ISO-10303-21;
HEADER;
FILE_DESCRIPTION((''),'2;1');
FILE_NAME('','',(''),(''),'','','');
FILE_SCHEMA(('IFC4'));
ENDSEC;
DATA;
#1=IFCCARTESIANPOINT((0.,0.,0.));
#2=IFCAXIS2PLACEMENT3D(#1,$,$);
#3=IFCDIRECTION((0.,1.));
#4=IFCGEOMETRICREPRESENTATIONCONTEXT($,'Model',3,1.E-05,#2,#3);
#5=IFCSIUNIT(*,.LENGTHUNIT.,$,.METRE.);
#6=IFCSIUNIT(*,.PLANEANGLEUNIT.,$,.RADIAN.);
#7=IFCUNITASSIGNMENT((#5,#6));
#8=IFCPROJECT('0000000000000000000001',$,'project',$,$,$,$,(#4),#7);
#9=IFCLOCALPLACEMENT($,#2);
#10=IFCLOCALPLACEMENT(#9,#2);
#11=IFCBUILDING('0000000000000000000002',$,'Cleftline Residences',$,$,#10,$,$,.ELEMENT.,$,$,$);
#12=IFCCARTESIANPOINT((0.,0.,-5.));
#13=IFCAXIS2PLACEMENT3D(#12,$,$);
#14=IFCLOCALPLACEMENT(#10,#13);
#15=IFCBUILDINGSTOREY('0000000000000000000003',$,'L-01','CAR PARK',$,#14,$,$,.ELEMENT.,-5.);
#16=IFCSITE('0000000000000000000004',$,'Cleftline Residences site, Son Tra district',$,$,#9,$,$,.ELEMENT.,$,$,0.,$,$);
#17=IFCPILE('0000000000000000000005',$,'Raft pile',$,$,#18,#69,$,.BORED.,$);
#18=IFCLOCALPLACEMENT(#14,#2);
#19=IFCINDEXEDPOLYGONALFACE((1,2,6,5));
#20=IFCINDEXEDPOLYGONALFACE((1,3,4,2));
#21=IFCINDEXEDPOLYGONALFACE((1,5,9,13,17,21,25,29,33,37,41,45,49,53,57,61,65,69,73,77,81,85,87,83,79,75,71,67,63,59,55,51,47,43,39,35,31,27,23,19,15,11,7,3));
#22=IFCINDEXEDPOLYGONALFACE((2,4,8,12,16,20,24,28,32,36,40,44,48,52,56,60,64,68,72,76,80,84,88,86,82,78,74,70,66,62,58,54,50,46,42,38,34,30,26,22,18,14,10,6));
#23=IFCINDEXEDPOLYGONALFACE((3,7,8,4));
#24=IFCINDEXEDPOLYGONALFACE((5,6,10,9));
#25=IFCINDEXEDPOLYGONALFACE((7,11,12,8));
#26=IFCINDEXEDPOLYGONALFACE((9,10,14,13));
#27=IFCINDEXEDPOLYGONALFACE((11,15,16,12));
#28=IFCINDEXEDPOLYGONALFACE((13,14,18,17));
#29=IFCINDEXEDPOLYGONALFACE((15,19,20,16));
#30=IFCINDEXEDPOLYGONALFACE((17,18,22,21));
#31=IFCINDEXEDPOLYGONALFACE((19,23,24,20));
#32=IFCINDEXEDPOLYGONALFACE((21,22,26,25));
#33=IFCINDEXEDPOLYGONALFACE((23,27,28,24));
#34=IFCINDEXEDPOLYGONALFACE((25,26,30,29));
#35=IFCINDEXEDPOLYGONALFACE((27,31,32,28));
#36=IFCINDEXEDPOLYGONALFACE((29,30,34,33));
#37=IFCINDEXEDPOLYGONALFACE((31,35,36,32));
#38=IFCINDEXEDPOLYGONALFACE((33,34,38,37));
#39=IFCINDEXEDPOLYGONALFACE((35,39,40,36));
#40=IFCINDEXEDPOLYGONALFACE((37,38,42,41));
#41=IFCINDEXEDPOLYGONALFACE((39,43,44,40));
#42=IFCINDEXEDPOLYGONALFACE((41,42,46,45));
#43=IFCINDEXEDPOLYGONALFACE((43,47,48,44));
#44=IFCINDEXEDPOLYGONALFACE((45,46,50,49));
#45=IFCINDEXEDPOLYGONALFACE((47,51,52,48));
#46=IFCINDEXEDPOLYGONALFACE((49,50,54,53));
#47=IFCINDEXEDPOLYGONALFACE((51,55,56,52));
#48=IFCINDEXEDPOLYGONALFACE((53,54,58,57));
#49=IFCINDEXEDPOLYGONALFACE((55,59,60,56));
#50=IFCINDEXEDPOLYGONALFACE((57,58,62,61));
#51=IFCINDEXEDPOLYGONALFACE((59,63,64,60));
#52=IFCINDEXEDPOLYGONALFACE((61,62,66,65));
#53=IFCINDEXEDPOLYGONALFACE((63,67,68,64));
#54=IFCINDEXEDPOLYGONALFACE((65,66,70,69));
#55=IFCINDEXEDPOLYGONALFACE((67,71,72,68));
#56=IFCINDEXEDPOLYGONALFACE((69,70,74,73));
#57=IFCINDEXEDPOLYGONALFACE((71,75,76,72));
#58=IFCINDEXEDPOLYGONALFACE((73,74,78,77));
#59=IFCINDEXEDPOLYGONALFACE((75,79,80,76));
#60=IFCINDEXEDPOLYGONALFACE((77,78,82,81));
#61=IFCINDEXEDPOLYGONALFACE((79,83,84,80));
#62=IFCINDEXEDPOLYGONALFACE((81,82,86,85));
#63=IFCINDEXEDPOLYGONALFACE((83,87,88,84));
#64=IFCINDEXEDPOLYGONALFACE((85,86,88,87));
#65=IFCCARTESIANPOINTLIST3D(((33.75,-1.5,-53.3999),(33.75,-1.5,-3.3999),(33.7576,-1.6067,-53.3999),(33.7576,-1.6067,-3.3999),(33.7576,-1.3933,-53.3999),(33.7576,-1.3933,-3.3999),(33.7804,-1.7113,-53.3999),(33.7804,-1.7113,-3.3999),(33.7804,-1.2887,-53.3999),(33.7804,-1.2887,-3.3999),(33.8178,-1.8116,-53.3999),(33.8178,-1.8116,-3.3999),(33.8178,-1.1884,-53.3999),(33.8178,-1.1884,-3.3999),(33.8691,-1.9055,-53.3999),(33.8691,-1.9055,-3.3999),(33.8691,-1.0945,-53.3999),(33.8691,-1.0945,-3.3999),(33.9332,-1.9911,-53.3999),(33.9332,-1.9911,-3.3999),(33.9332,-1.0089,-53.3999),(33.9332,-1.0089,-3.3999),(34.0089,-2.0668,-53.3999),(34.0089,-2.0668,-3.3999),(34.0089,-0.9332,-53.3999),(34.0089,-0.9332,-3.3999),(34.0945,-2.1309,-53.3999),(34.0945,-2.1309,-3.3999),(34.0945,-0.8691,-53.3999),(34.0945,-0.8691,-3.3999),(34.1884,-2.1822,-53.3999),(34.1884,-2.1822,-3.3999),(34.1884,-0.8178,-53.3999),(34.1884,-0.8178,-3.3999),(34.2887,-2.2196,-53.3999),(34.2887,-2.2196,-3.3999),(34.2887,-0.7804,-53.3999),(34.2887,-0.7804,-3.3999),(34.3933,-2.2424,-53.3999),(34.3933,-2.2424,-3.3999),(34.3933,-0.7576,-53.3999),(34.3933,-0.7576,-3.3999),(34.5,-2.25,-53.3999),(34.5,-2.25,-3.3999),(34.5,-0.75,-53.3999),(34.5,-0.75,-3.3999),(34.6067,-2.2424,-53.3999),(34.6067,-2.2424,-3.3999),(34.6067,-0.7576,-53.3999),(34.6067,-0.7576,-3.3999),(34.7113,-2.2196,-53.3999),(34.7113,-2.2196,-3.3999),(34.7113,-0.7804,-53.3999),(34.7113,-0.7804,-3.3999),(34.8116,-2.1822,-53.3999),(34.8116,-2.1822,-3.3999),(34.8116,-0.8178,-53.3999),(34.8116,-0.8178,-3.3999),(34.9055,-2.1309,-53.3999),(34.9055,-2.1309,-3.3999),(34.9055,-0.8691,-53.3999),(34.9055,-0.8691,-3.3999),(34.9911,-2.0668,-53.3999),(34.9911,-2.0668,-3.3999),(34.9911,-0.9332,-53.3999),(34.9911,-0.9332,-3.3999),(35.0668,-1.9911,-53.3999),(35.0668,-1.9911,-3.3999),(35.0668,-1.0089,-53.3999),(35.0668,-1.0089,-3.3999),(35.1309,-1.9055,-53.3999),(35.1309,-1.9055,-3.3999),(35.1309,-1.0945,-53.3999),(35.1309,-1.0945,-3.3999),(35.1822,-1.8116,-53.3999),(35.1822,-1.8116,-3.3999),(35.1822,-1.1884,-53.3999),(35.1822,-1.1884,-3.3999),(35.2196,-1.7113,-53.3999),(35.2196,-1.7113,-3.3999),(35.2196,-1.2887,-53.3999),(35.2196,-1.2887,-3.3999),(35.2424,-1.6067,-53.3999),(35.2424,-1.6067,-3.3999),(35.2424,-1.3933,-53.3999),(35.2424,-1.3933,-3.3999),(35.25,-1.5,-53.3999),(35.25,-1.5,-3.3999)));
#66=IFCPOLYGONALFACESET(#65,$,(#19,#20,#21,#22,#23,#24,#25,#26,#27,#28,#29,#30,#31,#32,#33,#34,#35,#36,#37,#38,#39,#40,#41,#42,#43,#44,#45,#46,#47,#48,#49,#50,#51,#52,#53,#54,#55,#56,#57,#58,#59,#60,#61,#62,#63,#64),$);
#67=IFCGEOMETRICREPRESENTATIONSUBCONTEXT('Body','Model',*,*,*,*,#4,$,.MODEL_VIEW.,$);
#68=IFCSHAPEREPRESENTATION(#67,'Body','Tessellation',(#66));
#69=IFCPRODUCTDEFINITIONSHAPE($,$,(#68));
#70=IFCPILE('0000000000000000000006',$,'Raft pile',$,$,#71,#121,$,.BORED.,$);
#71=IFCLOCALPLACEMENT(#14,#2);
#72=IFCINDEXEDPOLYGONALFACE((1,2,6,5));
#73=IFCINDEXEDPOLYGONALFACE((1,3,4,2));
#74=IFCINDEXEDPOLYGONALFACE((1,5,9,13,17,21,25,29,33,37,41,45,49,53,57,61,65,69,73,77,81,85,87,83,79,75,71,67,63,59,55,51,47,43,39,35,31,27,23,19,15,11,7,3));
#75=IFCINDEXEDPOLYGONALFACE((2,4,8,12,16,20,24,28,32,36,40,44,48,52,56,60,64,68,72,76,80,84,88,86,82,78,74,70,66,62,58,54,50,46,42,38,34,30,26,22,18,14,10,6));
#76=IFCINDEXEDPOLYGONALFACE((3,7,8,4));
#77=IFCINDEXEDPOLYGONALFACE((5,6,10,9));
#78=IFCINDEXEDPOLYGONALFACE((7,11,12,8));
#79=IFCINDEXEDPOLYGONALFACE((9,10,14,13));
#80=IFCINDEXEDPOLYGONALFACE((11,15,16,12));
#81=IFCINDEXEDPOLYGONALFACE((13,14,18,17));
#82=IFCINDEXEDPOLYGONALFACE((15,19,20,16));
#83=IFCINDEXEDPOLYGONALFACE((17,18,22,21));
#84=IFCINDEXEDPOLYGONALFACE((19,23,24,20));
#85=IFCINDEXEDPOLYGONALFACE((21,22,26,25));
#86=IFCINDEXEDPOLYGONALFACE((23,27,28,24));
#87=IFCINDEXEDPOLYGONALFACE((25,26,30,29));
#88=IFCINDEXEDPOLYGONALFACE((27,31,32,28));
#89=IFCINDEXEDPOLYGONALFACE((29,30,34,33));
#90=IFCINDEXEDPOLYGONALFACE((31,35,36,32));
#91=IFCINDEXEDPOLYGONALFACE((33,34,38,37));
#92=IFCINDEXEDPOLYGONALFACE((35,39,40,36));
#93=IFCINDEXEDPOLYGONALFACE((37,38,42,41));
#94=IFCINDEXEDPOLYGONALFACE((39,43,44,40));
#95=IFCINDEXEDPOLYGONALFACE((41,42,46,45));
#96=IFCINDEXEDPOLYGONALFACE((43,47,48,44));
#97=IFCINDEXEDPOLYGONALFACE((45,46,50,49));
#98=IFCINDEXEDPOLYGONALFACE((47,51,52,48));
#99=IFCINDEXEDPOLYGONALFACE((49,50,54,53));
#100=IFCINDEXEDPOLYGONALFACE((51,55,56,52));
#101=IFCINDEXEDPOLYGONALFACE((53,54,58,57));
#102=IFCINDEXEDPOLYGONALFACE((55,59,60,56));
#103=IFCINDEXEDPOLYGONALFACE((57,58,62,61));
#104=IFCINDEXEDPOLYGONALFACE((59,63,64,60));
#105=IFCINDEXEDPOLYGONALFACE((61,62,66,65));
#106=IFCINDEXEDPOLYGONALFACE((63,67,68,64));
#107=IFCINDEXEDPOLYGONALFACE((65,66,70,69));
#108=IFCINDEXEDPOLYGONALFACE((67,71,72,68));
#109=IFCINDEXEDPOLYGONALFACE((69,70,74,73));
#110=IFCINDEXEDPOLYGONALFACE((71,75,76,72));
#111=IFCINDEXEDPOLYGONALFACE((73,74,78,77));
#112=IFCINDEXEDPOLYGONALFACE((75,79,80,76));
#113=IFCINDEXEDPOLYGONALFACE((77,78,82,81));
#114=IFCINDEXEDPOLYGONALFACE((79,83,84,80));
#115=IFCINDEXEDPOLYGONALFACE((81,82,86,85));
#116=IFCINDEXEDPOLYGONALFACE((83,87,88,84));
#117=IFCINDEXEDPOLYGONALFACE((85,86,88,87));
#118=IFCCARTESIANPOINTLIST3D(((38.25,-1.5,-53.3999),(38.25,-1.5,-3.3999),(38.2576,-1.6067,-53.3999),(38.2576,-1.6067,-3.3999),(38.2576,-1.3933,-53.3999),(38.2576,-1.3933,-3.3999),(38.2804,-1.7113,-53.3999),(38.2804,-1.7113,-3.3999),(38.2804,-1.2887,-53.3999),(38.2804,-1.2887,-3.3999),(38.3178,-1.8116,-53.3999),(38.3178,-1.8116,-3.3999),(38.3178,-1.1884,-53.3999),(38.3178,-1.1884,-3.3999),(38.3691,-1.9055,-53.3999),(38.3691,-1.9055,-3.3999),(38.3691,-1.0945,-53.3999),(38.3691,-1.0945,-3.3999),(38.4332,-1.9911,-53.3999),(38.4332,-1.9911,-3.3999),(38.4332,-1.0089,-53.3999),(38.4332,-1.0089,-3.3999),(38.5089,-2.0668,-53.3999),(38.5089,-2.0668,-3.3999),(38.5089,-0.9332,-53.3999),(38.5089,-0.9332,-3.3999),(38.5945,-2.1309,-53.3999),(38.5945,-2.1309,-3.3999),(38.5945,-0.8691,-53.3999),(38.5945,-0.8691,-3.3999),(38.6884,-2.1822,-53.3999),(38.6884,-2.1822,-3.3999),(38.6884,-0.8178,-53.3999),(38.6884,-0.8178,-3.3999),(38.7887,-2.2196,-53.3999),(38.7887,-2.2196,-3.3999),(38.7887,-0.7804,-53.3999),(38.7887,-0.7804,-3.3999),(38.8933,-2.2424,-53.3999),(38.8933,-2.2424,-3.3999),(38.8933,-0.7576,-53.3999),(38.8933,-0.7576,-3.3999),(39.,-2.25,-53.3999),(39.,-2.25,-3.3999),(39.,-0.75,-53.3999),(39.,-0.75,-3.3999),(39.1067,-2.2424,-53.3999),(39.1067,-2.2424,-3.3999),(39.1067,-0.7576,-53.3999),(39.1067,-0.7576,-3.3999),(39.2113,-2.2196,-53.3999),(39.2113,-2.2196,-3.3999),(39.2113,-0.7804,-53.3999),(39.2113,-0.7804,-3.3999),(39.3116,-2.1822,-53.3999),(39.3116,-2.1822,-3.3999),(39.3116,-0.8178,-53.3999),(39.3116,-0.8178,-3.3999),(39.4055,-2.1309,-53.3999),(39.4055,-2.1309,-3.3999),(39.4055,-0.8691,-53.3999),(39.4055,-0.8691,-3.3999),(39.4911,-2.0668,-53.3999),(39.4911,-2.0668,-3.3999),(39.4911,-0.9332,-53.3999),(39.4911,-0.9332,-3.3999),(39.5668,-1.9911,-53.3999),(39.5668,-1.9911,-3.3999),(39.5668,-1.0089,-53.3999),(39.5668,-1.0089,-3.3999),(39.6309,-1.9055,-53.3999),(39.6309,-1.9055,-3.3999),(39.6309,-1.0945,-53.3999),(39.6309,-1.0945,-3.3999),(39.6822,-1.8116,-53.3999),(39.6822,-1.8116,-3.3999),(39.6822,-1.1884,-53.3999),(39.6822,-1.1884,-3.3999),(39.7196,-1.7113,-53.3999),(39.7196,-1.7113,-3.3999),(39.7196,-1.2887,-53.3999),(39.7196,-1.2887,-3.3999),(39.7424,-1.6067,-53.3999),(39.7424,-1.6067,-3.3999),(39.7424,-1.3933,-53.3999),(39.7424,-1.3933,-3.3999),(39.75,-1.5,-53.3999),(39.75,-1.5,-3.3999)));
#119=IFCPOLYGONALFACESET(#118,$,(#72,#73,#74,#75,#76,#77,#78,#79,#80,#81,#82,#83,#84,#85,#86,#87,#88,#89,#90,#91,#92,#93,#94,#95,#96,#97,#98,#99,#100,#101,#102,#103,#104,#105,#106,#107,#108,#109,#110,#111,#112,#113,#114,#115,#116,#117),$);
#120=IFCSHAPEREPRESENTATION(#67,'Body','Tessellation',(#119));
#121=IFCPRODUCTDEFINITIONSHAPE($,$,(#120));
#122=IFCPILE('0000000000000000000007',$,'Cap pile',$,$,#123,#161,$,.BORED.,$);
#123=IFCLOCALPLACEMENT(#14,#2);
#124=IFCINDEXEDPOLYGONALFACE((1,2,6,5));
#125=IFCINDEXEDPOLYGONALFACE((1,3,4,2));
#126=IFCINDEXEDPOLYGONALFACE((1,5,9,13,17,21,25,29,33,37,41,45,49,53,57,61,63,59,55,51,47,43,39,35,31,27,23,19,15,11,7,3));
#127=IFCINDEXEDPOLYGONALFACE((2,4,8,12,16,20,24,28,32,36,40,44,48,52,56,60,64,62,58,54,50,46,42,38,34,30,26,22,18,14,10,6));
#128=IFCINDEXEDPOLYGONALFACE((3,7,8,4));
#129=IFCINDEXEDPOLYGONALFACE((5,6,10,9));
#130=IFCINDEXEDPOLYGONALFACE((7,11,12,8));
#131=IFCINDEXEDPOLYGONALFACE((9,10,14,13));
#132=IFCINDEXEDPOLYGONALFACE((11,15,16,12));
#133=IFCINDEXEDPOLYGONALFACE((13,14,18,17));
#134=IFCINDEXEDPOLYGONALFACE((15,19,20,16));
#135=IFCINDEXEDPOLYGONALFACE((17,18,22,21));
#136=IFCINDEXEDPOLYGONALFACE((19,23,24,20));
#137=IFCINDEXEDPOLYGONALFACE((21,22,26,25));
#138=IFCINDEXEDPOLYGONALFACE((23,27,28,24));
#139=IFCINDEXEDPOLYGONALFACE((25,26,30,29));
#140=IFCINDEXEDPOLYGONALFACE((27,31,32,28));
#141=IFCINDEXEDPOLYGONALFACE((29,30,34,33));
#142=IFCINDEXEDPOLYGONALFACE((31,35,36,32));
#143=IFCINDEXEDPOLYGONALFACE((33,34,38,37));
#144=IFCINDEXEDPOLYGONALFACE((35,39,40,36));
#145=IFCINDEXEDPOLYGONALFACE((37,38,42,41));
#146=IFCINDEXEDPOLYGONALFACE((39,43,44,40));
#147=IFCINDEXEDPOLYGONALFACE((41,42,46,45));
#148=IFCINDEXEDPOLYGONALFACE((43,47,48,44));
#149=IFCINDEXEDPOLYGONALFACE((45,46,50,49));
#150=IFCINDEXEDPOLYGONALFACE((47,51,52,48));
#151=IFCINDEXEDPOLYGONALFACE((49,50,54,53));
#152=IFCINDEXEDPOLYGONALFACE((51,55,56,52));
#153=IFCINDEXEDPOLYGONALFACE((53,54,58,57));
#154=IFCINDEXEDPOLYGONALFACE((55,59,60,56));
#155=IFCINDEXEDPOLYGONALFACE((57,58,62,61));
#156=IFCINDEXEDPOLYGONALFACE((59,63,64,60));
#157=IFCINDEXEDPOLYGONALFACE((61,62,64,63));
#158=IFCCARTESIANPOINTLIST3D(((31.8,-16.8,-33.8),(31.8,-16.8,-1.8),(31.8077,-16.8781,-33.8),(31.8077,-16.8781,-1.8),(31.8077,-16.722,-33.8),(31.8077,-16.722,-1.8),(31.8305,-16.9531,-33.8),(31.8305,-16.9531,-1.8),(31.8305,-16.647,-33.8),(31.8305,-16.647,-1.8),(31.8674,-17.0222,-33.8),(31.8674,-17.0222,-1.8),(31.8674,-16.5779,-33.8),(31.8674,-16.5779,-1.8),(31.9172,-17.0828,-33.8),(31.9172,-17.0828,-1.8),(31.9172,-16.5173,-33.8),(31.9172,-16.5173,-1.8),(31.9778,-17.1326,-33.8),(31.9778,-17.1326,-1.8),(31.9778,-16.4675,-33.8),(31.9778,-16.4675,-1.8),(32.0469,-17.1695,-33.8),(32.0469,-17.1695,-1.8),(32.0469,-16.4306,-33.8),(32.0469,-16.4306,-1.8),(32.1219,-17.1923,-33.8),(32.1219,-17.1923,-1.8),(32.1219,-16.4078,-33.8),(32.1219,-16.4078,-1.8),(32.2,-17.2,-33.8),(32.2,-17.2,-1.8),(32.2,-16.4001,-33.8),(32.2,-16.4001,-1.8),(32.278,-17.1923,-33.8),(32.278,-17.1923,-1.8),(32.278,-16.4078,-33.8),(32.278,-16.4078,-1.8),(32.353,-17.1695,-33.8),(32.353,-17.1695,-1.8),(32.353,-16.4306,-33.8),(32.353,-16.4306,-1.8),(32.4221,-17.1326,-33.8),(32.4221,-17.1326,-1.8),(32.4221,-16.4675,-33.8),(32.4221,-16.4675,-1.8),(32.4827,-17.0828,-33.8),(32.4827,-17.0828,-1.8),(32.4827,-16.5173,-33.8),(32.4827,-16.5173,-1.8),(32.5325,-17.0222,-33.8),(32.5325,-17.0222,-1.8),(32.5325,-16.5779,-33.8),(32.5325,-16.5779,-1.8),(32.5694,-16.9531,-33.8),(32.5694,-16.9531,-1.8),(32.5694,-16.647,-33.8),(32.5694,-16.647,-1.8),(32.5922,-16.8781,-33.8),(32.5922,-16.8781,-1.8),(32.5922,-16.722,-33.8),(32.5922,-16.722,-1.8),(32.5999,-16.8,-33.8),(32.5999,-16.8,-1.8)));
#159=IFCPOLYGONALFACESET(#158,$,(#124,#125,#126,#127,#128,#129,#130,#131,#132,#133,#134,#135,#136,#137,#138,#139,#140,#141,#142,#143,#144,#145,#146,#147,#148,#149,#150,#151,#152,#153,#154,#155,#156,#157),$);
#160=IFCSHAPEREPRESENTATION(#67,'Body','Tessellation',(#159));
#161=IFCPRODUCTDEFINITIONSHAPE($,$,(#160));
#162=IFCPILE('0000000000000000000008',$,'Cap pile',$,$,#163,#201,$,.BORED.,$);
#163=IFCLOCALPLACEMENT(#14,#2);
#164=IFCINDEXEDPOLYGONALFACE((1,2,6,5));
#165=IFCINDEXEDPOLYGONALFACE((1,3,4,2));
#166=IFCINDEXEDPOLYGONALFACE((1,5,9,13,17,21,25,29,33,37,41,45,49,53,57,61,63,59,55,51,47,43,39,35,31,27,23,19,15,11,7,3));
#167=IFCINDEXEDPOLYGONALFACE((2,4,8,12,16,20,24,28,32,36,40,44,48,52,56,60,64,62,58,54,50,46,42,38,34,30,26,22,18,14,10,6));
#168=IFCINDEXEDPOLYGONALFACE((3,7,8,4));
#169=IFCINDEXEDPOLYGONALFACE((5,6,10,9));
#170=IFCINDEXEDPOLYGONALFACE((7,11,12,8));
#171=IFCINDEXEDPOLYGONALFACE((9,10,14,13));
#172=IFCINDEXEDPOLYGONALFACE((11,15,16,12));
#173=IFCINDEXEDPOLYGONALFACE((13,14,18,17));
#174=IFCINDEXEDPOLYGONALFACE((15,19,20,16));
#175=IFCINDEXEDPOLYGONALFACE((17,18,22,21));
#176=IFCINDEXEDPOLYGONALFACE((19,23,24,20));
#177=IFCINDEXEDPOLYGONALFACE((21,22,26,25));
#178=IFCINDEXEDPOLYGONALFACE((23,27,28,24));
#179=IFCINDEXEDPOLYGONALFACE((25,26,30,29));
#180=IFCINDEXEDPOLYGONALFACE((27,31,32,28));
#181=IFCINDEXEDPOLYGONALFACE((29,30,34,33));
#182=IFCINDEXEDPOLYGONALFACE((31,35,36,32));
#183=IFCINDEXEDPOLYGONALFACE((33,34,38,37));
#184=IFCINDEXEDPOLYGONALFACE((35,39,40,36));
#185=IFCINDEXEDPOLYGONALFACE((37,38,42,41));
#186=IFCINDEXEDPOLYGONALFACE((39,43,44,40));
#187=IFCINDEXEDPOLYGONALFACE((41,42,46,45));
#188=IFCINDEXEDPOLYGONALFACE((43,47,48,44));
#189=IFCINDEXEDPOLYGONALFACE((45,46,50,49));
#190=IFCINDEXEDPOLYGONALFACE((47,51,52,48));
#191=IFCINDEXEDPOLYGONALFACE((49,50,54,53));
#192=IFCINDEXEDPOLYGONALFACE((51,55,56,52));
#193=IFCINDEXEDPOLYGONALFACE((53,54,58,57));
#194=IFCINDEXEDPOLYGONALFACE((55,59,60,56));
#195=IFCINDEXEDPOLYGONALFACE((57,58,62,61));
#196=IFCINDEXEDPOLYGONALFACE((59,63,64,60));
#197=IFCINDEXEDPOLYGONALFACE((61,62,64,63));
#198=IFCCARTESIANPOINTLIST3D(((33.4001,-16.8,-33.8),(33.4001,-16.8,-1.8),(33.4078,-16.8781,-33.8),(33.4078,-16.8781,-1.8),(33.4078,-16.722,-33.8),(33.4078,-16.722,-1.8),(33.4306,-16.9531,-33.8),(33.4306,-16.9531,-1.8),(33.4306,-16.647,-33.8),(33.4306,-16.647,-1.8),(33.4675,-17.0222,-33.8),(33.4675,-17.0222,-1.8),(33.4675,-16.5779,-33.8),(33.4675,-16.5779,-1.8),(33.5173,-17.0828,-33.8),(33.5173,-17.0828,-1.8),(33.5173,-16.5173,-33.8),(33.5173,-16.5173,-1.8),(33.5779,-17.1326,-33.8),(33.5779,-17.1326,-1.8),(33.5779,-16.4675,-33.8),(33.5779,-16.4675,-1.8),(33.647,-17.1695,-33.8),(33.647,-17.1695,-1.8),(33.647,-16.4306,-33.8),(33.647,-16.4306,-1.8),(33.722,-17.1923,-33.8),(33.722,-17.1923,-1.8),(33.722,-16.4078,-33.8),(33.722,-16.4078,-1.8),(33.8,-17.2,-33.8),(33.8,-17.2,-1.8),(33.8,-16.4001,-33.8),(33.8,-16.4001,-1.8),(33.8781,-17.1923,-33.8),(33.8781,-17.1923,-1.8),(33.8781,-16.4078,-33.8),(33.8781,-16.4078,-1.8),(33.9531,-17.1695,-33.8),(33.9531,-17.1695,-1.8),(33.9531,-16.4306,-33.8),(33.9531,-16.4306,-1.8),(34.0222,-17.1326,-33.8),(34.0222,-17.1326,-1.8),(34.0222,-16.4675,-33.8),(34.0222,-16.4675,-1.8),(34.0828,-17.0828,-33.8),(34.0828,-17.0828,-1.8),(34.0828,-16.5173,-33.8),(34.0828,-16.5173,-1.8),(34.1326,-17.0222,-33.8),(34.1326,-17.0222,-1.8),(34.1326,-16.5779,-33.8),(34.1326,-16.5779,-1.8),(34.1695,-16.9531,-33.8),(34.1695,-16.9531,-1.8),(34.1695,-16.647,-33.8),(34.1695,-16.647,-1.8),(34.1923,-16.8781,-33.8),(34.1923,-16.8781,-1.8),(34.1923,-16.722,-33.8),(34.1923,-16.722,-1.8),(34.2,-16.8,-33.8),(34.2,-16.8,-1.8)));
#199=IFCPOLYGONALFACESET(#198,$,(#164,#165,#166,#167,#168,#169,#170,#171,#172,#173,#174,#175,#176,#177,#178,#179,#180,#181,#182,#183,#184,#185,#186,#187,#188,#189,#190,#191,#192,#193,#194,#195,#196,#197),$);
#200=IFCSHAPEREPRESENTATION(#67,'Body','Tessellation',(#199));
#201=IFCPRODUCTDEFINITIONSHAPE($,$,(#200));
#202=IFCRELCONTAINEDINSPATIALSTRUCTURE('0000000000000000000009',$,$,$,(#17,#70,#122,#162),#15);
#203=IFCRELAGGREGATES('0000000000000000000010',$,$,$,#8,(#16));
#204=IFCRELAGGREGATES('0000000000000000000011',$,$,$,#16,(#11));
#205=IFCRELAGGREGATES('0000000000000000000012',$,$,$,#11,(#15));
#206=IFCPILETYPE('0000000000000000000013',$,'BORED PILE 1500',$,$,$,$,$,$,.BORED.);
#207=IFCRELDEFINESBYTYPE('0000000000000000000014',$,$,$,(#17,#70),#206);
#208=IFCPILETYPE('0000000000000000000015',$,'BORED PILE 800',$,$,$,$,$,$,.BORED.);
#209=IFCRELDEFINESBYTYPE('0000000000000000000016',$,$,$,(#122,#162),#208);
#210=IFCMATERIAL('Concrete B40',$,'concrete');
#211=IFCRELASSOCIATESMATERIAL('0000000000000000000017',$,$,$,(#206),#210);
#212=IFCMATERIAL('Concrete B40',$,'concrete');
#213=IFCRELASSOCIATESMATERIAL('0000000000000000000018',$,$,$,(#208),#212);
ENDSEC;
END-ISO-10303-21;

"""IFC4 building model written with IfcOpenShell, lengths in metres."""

from ifc_helpers import new_model, si_unit, direction, frame, origin, origin_2d, place, context, subcontext, project, spatial, circle, extrude, material, material_profile, profile_set, type_object, element, save


model = new_model("IFC4")

# Units and contexts
model_context = context("Model", 3, precision=1e-05, world=origin(), true_north=direction((0.0, 1.0)))
body_context = subcontext(model_context, "Body", "Model", "MODEL_VIEW")
ifc_project = project(units=[si_unit("LENGTHUNIT", "METRE"), si_unit("PLANEANGLEUNIT", "RADIAN")], contexts=[model_context])

# Site, building, storey
site_placement = place(None, origin())
site = spatial("IfcSite", under=ifc_project, at=site_placement, Name="Cleftline Residences site, Son Tra district", CompositionType="ELEMENT", RefElevation=0.0)
building_placement = place(site_placement, origin())
building = spatial("IfcBuilding", under=site, at=building_placement, Name="Cleftline Residences", CompositionType="ELEMENT")
storey_placement = place(building_placement, frame((0.0, 0.0, -5.0)))
storey = spatial("IfcBuildingStorey", under=building, at=storey_placement, Name="L-01", Description="CAR PARK", CompositionType="ELEMENT", Elevation=-5.0)

# Piles
ifc_material_1 = material(Name="Concrete B40", Category="concrete")
ifc_material_profile_1 = material_profile(ifc_material_1, circle(Radius=0.75, at=origin_2d()))
ifc_profile_set_1 = profile_set([ifc_material_profile_1], Name="Concrete B40")
pile_type_1 = type_object("IfcPileType", Name="BORED PILE 1500", PredefinedType="BORED", material=ifc_profile_set_1)
for number, where, z_axis, x_axis, name in (
    (1, (34.5, -1.5, -3.3999), (0.0, 0.0, -1.0), (1.0, 0.0, 0.0), "Raft pile"),
    (2, (39.0, -1.5, -3.3999), (0.0, 0.0, -1.0), (1.0, 0.0, 0.0), "Raft pile"),
):
    element("IfcPile", number, at=place(storey_placement, frame(where, z_axis=z_axis, x_axis=x_axis)), inside=storey, type_object=pile_type_1, Name=name, PredefinedType="BORED", context=body_context, shape_type="SweptSolid", body=[
        extrude(circle(Radius=0.75, at=origin_2d()), origin(), (0.0, 0.0, 1.0), 50.0),
    ])
ifc_material_2 = material(Name="Concrete B40", Category="concrete")
ifc_material_profile_2 = material_profile(ifc_material_2, circle(Radius=0.3999, at=origin_2d()))
ifc_profile_set_2 = profile_set([ifc_material_profile_2], Name="Concrete B40")
pile_type_2 = type_object("IfcPileType", Name="BORED PILE 800", PredefinedType="BORED", material=ifc_profile_set_2)
for number, where, z_axis, x_axis, name in (
    (3, (32.2, -16.8, -1.8), (0.0, 0.0, -1.0), (1.0, 0.0, 0.0), "Cap pile"),
    (4, (33.8, -16.8, -1.8), (0.0, 0.0, -1.0), (1.0, 0.0, 0.0), "Cap pile"),
):
    element("IfcPile", number, at=place(storey_placement, frame(where, z_axis=z_axis, x_axis=x_axis)), inside=storey, type_object=pile_type_2, Name=name, PredefinedType="BORED", context=body_context, shape_type="SweptSolid", body=[
        extrude(circle(Radius=0.3999, at=origin_2d()), origin(), (0.0, 0.0, 1.0), 32.0),
    ])

save(model, "model.ifc")
